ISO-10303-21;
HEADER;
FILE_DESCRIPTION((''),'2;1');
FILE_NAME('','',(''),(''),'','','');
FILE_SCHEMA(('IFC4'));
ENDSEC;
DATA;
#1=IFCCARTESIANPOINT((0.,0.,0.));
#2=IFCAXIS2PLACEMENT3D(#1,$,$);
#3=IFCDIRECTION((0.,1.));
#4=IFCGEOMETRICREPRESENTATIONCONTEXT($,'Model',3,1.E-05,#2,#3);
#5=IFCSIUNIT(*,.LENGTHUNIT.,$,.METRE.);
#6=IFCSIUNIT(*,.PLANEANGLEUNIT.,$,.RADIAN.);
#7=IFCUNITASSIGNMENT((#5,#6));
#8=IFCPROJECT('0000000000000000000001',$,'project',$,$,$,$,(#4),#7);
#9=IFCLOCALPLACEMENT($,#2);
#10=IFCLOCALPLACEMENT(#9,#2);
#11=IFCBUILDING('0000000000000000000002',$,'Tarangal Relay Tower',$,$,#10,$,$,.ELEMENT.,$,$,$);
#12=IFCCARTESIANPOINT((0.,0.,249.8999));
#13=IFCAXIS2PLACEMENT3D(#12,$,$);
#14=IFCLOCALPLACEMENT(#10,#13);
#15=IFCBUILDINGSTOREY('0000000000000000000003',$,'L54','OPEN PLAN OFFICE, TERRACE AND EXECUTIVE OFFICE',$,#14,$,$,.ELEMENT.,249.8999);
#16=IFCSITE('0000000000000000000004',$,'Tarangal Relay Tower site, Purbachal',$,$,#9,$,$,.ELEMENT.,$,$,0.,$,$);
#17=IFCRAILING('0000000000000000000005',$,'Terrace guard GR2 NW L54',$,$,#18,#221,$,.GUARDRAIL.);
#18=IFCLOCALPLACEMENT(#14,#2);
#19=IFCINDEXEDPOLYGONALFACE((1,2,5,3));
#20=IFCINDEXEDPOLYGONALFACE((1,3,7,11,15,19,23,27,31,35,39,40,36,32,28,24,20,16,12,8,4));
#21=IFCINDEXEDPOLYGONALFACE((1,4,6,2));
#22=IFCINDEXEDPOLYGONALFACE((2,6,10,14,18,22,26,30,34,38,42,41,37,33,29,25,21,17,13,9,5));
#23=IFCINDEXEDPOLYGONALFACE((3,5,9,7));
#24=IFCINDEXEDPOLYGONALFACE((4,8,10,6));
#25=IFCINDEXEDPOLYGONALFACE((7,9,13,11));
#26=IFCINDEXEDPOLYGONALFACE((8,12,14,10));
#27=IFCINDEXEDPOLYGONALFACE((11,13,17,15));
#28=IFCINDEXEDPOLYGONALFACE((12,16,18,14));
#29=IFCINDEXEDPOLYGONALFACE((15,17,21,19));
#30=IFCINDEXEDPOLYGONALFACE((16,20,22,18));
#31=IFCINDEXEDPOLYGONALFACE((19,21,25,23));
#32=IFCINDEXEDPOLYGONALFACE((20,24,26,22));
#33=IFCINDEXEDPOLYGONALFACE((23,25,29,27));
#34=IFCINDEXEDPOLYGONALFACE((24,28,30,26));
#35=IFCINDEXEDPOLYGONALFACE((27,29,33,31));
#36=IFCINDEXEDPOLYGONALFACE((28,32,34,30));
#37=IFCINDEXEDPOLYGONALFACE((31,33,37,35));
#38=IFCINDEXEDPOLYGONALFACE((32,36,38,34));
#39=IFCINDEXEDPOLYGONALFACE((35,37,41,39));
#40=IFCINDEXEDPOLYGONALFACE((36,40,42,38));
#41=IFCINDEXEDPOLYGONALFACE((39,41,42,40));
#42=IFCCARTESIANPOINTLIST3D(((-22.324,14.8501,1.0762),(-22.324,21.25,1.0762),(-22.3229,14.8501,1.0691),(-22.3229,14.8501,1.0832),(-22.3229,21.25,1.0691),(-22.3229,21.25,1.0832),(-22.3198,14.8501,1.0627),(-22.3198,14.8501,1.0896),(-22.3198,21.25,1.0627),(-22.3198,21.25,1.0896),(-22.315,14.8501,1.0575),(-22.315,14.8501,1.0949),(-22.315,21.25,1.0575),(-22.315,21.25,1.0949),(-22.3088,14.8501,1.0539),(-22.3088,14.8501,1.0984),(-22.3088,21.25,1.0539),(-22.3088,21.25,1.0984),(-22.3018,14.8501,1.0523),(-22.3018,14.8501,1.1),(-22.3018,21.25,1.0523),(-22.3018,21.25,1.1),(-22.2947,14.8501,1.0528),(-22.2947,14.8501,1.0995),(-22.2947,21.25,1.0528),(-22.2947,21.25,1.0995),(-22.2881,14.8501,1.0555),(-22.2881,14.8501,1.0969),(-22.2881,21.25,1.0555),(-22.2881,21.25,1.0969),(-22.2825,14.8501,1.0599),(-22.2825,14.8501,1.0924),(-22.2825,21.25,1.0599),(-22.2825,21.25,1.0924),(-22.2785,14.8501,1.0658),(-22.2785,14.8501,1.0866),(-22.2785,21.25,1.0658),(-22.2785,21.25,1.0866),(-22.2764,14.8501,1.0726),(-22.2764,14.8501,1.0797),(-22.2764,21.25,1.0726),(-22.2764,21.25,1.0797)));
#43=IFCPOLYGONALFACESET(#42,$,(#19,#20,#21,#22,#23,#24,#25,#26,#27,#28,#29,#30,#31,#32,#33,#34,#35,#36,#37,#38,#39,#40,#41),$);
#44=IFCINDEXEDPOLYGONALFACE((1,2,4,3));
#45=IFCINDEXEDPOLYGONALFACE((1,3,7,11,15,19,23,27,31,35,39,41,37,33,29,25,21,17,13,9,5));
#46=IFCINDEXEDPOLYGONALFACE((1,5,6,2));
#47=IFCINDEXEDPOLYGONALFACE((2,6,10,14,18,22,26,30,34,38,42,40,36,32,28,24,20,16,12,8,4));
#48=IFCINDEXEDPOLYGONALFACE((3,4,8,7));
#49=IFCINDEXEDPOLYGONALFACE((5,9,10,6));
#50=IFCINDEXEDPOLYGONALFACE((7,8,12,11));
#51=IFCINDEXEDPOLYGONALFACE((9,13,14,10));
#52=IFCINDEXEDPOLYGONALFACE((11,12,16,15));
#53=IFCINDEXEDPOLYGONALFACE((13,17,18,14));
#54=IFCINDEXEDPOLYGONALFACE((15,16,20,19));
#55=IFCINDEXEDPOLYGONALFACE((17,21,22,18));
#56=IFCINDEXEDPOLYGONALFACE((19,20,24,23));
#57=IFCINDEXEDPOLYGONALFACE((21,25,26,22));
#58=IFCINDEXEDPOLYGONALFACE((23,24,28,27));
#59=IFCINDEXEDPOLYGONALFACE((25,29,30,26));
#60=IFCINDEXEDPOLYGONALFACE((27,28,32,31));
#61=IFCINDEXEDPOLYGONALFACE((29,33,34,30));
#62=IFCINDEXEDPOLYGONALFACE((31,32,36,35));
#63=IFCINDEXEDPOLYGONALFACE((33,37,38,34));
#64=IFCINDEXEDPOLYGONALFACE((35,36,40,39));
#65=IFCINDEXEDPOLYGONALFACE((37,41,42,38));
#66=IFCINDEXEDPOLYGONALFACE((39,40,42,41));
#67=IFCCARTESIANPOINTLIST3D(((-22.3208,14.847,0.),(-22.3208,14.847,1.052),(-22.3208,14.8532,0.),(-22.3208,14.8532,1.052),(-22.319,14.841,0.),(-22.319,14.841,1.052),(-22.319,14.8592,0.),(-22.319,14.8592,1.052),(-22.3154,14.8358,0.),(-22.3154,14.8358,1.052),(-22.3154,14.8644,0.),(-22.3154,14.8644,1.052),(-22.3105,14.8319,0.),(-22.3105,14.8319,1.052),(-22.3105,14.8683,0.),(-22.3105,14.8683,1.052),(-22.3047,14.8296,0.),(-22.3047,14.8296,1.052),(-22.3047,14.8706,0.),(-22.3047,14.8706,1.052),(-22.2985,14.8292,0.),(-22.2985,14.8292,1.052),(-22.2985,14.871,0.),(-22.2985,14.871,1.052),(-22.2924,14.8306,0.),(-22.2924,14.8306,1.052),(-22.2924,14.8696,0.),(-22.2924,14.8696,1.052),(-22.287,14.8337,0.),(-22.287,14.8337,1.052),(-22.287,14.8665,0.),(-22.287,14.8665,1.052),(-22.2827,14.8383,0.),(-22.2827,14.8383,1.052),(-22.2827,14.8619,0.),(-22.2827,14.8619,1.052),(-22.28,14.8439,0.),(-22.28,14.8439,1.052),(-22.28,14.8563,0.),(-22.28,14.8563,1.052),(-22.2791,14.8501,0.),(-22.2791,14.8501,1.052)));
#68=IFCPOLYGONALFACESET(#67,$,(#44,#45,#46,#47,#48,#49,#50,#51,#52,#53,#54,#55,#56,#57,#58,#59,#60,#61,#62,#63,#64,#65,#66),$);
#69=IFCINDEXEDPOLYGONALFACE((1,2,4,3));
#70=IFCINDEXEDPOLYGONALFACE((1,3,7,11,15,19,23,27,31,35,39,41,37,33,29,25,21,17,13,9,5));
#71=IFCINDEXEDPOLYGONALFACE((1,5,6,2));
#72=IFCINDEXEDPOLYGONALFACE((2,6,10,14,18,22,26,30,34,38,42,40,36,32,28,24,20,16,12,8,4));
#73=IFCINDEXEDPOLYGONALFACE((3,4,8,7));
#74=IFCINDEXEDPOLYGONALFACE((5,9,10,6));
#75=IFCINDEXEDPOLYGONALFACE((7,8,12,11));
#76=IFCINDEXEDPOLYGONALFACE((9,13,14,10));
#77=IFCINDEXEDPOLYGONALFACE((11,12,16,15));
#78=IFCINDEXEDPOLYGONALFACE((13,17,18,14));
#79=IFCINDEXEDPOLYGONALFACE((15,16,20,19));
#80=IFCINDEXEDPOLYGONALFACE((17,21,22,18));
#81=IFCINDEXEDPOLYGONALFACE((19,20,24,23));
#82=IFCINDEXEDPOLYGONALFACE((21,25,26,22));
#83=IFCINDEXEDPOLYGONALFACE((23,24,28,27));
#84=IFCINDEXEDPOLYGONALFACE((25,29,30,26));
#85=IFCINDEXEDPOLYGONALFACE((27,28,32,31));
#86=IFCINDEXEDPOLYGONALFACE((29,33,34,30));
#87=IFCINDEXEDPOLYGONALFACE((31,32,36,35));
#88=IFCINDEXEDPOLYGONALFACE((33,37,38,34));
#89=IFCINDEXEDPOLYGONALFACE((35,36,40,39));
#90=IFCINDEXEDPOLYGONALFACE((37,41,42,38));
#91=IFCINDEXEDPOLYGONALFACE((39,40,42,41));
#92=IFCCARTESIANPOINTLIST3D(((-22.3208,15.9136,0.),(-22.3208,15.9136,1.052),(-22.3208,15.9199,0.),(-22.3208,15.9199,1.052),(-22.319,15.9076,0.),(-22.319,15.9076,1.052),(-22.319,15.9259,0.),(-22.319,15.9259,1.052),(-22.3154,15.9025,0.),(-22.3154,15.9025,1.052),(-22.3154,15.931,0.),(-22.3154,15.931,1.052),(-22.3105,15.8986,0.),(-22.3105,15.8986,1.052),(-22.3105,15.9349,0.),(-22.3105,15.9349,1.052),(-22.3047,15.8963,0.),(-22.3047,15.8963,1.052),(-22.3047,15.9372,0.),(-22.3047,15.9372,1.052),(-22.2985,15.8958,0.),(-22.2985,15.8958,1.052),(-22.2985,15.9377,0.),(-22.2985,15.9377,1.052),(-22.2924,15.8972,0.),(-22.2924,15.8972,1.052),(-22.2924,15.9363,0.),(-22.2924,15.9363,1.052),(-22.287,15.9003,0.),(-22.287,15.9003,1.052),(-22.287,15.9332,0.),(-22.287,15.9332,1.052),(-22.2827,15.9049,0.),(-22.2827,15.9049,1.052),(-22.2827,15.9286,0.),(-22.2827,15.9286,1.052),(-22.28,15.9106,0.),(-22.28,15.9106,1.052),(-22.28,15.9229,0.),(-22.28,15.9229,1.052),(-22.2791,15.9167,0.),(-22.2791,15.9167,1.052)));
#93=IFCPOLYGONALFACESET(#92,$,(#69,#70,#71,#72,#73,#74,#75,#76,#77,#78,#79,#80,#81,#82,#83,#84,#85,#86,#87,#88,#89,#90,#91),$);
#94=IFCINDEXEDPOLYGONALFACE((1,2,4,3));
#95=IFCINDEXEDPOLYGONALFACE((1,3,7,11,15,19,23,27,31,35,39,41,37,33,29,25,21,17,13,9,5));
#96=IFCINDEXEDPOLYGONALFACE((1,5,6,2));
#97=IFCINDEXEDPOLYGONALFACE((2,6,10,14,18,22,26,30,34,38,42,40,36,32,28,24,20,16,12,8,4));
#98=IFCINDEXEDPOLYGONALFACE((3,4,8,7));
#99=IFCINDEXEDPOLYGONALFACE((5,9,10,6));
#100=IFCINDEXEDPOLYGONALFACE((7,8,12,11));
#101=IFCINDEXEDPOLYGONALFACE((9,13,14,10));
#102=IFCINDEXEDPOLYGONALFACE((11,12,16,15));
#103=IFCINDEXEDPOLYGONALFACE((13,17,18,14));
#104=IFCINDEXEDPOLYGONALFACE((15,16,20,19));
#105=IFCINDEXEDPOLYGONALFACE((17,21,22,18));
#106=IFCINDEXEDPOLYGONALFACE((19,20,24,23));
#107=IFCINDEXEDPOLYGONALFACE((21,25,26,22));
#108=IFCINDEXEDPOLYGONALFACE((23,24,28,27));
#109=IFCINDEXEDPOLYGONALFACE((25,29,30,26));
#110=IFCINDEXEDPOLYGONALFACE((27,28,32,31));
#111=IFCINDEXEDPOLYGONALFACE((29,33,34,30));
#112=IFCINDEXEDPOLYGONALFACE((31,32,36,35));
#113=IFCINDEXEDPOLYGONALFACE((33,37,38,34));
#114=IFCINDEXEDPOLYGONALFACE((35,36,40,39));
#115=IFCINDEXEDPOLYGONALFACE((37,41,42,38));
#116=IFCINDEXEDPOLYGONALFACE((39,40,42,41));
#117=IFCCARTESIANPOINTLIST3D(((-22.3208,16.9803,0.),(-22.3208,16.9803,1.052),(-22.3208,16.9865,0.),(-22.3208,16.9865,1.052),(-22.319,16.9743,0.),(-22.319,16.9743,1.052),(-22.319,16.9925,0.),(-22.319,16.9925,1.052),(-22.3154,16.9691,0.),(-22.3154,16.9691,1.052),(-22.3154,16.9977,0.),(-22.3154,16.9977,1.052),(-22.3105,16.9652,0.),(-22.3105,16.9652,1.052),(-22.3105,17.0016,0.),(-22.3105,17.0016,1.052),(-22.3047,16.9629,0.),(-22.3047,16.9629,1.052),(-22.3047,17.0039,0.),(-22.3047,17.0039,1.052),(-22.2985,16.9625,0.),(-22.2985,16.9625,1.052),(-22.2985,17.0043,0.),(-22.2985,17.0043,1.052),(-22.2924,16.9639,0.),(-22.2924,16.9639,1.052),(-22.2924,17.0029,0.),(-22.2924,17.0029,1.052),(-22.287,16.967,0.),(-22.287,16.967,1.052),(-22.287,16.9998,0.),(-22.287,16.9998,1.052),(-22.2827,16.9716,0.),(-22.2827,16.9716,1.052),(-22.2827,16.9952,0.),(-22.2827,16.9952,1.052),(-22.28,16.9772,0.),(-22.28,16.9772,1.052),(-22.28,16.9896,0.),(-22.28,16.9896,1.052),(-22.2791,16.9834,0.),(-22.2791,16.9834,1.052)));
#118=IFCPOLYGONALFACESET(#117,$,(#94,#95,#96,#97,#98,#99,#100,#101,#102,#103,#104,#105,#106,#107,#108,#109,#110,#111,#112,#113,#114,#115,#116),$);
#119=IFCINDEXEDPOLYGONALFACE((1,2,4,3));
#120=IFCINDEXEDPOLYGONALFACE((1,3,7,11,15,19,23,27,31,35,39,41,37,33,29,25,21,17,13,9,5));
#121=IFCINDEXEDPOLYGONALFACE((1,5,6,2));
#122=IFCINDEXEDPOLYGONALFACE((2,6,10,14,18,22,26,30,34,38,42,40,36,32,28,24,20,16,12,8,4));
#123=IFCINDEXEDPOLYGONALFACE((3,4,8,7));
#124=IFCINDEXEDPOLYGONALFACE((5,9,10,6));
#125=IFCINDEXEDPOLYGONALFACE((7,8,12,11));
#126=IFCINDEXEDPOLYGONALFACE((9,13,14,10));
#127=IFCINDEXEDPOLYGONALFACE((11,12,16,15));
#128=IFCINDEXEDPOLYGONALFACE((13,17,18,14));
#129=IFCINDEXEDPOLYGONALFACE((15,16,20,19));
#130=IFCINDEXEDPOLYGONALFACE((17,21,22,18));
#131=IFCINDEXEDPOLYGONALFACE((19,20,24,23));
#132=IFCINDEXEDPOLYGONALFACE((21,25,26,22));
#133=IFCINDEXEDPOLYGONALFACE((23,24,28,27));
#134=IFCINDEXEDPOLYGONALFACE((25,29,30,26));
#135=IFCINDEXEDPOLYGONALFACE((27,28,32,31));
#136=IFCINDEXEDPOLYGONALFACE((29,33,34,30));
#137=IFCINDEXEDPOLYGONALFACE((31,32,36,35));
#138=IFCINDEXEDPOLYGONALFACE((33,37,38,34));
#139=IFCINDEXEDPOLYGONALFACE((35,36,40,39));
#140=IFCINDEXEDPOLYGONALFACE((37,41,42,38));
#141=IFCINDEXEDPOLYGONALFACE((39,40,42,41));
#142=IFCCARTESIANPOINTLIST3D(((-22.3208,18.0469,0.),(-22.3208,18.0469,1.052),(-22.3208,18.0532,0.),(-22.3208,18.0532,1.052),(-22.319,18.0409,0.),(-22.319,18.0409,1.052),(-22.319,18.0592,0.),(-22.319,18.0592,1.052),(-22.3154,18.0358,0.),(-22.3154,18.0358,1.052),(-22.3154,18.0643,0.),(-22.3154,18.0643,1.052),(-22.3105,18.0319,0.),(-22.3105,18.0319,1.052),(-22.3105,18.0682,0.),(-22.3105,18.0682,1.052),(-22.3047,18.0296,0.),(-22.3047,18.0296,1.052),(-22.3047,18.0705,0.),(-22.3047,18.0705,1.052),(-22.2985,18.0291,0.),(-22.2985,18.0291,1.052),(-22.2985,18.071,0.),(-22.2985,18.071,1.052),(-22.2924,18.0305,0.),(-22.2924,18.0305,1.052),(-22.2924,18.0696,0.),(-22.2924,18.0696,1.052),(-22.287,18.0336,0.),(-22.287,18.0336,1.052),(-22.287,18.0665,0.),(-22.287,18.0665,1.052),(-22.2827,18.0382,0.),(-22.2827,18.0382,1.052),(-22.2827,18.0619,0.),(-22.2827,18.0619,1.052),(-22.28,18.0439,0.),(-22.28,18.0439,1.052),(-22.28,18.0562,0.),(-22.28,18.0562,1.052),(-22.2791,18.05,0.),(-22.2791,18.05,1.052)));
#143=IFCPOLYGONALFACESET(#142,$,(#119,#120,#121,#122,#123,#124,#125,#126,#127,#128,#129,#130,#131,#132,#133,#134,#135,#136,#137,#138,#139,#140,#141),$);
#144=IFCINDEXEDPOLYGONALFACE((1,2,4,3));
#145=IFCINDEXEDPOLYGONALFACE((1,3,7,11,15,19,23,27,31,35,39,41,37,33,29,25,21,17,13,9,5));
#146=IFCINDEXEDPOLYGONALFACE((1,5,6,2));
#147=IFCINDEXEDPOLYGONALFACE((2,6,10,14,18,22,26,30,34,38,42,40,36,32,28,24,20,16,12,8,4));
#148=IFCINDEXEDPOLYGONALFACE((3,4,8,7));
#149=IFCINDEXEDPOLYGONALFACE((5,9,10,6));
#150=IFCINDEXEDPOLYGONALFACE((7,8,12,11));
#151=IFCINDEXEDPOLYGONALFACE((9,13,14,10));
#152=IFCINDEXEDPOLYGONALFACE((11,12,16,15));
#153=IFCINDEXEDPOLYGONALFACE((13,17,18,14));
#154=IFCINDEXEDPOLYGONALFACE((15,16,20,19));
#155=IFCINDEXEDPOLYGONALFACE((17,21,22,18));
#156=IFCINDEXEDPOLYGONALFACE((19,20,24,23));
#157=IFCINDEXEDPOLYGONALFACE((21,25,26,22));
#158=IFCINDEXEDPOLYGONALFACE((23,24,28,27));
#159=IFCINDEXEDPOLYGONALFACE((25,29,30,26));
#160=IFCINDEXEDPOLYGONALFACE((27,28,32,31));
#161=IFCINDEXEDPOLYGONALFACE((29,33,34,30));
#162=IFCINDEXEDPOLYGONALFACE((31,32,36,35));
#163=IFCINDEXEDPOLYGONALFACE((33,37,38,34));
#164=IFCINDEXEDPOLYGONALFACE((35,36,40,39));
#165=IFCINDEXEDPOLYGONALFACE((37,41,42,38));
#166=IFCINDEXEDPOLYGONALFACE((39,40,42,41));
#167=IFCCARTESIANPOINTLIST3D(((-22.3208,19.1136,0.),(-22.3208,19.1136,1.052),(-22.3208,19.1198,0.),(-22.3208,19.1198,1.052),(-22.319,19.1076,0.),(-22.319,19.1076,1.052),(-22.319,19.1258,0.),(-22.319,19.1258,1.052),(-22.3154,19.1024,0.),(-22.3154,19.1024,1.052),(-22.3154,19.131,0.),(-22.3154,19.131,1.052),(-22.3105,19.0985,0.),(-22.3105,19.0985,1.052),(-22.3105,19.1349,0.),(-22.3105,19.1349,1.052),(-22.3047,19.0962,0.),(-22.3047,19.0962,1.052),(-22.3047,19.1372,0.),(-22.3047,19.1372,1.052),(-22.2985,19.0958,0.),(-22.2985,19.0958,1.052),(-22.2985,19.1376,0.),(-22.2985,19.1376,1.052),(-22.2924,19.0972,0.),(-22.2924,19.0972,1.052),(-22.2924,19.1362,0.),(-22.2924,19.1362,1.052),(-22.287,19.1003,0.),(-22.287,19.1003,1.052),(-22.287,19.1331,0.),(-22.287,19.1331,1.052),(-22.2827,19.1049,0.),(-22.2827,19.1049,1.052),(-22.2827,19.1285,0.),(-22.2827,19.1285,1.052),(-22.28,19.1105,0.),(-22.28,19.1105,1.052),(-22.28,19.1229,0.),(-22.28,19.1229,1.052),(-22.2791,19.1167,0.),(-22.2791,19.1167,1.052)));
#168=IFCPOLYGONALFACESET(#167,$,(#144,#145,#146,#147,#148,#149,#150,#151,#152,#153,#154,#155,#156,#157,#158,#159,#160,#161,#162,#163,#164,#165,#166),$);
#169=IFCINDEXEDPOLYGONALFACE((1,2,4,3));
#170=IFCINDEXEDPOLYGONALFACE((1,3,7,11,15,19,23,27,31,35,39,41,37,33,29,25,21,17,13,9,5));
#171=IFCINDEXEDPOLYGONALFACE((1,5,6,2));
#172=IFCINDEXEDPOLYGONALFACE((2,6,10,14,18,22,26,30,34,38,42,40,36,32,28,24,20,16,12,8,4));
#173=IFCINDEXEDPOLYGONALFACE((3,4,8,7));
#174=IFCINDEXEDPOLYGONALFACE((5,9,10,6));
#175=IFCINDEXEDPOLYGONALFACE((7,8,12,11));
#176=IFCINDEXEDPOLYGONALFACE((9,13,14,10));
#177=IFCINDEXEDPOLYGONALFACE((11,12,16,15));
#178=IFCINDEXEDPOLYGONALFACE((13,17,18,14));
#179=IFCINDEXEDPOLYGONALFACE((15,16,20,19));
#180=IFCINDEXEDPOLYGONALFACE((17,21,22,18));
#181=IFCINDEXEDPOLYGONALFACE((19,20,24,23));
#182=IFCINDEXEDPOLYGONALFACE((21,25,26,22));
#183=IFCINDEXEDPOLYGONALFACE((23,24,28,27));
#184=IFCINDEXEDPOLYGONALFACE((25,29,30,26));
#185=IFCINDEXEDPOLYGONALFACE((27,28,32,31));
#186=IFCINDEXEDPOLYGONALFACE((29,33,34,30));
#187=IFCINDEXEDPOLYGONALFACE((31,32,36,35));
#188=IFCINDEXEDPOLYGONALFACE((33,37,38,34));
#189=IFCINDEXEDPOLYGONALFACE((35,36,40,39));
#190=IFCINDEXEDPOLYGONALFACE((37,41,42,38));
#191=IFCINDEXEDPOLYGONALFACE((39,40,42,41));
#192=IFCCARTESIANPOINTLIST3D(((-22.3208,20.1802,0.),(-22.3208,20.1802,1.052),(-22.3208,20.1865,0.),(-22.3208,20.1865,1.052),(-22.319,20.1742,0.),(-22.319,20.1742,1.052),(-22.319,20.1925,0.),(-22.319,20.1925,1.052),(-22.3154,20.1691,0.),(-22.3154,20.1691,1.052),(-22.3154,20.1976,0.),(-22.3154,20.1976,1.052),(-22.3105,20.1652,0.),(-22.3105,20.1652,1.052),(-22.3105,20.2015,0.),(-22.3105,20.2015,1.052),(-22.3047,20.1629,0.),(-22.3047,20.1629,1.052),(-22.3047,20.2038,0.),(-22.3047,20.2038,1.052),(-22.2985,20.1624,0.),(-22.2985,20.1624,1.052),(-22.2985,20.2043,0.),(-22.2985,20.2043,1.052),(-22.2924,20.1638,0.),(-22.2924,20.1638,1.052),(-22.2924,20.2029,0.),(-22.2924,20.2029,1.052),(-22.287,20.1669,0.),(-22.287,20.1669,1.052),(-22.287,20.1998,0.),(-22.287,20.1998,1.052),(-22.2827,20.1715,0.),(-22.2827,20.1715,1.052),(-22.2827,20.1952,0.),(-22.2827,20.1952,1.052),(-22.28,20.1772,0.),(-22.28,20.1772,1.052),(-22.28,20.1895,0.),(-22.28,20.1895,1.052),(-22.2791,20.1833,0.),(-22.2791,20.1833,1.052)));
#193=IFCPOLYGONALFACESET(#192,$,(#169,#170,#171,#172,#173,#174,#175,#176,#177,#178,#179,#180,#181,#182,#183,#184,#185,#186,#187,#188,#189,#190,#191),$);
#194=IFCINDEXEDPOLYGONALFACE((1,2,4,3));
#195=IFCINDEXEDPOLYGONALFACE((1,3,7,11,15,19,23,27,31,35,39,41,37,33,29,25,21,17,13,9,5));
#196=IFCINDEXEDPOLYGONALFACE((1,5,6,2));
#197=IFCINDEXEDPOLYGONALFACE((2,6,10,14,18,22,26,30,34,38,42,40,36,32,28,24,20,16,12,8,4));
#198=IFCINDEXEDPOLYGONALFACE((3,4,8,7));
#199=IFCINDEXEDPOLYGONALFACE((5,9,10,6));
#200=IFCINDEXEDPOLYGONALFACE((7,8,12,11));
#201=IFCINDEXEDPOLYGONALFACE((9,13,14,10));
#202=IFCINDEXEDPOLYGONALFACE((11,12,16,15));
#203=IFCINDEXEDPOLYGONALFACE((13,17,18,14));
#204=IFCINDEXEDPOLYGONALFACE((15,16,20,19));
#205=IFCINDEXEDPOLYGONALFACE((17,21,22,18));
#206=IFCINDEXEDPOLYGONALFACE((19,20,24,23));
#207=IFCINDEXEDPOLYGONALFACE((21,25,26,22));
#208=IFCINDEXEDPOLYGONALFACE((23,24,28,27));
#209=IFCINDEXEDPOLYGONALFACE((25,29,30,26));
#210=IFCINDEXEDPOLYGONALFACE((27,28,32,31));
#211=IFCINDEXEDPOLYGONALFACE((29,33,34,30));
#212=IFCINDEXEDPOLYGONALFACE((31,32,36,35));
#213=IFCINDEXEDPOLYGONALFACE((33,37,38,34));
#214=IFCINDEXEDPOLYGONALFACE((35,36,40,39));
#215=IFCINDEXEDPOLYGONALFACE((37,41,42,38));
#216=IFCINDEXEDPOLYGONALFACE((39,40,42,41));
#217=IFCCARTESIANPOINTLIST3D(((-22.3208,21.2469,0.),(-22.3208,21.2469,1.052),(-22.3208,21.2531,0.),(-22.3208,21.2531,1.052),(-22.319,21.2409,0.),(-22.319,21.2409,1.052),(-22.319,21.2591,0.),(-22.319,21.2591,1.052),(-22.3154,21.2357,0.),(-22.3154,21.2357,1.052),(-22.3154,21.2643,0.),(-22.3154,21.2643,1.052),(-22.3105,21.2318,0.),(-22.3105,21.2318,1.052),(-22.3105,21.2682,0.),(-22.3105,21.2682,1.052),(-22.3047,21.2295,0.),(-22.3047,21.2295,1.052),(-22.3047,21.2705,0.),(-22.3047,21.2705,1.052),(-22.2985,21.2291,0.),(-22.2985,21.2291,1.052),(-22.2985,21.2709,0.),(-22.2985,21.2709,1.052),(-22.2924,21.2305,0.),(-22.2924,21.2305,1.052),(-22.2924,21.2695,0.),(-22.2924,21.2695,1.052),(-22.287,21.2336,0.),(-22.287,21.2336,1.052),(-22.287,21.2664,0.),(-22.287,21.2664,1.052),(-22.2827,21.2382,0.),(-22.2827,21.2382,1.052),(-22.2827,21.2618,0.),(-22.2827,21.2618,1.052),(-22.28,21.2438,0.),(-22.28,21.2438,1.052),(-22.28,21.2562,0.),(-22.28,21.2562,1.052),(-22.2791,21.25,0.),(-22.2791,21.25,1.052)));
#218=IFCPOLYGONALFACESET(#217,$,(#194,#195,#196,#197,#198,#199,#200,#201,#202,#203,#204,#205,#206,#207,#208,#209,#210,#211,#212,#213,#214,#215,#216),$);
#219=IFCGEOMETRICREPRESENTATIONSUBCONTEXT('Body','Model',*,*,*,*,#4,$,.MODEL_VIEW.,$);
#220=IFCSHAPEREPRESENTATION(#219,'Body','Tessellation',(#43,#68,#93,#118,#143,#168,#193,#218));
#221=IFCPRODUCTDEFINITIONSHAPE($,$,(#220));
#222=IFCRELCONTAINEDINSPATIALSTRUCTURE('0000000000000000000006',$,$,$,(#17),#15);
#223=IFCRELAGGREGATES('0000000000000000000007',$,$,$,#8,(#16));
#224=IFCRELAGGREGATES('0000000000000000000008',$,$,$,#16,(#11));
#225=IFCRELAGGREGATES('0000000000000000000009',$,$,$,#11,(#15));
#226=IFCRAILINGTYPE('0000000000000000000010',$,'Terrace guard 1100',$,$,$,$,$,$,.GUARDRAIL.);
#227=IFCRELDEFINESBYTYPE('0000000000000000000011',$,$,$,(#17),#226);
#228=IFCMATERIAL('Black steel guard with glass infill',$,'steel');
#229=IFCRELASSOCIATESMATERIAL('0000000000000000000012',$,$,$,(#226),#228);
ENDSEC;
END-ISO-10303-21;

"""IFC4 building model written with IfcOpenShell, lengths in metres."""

from ifc_helpers import new_model, si_unit, direction, frame, origin, origin_2d, place, context, subcontext, project, spatial, circle, extrude, material, type_object, element, save


model = new_model("IFC4")

# Units and contexts
model_context = context("Model", 3, precision=1e-05, world=origin(), true_north=direction((0.0, 1.0)))
body_context = subcontext(model_context, "Body", "Model", "MODEL_VIEW")
ifc_project = project(units=[si_unit("LENGTHUNIT", "METRE"), si_unit("PLANEANGLEUNIT", "RADIAN")], contexts=[model_context])

# Site, building, storey
site_placement = place(None, origin())
site = spatial("IfcSite", under=ifc_project, at=site_placement, Name="Tarangal Relay Tower site, Purbachal", CompositionType="ELEMENT", RefElevation=0.0)
building_placement = place(site_placement, origin())
building = spatial("IfcBuilding", under=site, at=building_placement, Name="Tarangal Relay Tower", CompositionType="ELEMENT")
storey_placement = place(building_placement, frame((0.0, 0.0, 249.8999)))
storey = spatial("IfcBuildingStorey", under=building, at=storey_placement, Name="L54", Description="OPEN PLAN OFFICE, TERRACE AND EXECUTIVE OFFICE", CompositionType="ELEMENT", Elevation=249.8999)

# Railing
ifc_material_1 = material(Name="Black steel guard with glass infill", Category="steel")
railing_type = type_object("IfcRailingType", Name="Terrace guard 1100", PredefinedType="GUARDRAIL", material=ifc_material_1)
railing_placement = place(storey_placement, frame((-22.3, 14.8501, 0.0)))
element("IfcRailing", 1, at=railing_placement, inside=storey, type_object=railing_type, Name="Terrace guard GR2 NW L54", PredefinedType="GUARDRAIL", context=body_context, shape_type="SweptSolid", body=[
    extrude(circle(Radius=0.0239, at=origin_2d()), frame((0.0, 0.0, 1.0762), z_axis=(0.0, 1.0, 0.0), x_axis=(-1.0, 0.0, 0.0)), (0.0, 0.0, 1.0), 6.3999),
    extrude(circle(Radius=0.021, at=origin_2d()), origin(), (0.0, 0.0, 1.0), 1.052),
    extrude(circle(Radius=0.021, at=origin_2d()), frame((0.0, 1.0667, 0.0)), (0.0, 0.0, 1.0), 1.052),
    extrude(circle(Radius=0.021, at=origin_2d()), frame((0.0, 2.1333, 0.0)), (0.0, 0.0, 1.0), 1.052),
    extrude(circle(Radius=0.021, at=origin_2d()), frame((0.0, 3.2, 0.0)), (0.0, 0.0, 1.0), 1.052),
    extrude(circle(Radius=0.021, at=origin_2d()), frame((0.0, 4.2666, 0.0)), (0.0, 0.0, 1.0), 1.052),
    extrude(circle(Radius=0.021, at=origin_2d()), frame((0.0, 5.3333, 0.0)), (0.0, 0.0, 1.0), 1.052),
    extrude(circle(Radius=0.021, at=origin_2d()), frame((0.0, 6.3999, 0.0)), (0.0, 0.0, 1.0), 1.052),
])

save(model, "model.ifc")
